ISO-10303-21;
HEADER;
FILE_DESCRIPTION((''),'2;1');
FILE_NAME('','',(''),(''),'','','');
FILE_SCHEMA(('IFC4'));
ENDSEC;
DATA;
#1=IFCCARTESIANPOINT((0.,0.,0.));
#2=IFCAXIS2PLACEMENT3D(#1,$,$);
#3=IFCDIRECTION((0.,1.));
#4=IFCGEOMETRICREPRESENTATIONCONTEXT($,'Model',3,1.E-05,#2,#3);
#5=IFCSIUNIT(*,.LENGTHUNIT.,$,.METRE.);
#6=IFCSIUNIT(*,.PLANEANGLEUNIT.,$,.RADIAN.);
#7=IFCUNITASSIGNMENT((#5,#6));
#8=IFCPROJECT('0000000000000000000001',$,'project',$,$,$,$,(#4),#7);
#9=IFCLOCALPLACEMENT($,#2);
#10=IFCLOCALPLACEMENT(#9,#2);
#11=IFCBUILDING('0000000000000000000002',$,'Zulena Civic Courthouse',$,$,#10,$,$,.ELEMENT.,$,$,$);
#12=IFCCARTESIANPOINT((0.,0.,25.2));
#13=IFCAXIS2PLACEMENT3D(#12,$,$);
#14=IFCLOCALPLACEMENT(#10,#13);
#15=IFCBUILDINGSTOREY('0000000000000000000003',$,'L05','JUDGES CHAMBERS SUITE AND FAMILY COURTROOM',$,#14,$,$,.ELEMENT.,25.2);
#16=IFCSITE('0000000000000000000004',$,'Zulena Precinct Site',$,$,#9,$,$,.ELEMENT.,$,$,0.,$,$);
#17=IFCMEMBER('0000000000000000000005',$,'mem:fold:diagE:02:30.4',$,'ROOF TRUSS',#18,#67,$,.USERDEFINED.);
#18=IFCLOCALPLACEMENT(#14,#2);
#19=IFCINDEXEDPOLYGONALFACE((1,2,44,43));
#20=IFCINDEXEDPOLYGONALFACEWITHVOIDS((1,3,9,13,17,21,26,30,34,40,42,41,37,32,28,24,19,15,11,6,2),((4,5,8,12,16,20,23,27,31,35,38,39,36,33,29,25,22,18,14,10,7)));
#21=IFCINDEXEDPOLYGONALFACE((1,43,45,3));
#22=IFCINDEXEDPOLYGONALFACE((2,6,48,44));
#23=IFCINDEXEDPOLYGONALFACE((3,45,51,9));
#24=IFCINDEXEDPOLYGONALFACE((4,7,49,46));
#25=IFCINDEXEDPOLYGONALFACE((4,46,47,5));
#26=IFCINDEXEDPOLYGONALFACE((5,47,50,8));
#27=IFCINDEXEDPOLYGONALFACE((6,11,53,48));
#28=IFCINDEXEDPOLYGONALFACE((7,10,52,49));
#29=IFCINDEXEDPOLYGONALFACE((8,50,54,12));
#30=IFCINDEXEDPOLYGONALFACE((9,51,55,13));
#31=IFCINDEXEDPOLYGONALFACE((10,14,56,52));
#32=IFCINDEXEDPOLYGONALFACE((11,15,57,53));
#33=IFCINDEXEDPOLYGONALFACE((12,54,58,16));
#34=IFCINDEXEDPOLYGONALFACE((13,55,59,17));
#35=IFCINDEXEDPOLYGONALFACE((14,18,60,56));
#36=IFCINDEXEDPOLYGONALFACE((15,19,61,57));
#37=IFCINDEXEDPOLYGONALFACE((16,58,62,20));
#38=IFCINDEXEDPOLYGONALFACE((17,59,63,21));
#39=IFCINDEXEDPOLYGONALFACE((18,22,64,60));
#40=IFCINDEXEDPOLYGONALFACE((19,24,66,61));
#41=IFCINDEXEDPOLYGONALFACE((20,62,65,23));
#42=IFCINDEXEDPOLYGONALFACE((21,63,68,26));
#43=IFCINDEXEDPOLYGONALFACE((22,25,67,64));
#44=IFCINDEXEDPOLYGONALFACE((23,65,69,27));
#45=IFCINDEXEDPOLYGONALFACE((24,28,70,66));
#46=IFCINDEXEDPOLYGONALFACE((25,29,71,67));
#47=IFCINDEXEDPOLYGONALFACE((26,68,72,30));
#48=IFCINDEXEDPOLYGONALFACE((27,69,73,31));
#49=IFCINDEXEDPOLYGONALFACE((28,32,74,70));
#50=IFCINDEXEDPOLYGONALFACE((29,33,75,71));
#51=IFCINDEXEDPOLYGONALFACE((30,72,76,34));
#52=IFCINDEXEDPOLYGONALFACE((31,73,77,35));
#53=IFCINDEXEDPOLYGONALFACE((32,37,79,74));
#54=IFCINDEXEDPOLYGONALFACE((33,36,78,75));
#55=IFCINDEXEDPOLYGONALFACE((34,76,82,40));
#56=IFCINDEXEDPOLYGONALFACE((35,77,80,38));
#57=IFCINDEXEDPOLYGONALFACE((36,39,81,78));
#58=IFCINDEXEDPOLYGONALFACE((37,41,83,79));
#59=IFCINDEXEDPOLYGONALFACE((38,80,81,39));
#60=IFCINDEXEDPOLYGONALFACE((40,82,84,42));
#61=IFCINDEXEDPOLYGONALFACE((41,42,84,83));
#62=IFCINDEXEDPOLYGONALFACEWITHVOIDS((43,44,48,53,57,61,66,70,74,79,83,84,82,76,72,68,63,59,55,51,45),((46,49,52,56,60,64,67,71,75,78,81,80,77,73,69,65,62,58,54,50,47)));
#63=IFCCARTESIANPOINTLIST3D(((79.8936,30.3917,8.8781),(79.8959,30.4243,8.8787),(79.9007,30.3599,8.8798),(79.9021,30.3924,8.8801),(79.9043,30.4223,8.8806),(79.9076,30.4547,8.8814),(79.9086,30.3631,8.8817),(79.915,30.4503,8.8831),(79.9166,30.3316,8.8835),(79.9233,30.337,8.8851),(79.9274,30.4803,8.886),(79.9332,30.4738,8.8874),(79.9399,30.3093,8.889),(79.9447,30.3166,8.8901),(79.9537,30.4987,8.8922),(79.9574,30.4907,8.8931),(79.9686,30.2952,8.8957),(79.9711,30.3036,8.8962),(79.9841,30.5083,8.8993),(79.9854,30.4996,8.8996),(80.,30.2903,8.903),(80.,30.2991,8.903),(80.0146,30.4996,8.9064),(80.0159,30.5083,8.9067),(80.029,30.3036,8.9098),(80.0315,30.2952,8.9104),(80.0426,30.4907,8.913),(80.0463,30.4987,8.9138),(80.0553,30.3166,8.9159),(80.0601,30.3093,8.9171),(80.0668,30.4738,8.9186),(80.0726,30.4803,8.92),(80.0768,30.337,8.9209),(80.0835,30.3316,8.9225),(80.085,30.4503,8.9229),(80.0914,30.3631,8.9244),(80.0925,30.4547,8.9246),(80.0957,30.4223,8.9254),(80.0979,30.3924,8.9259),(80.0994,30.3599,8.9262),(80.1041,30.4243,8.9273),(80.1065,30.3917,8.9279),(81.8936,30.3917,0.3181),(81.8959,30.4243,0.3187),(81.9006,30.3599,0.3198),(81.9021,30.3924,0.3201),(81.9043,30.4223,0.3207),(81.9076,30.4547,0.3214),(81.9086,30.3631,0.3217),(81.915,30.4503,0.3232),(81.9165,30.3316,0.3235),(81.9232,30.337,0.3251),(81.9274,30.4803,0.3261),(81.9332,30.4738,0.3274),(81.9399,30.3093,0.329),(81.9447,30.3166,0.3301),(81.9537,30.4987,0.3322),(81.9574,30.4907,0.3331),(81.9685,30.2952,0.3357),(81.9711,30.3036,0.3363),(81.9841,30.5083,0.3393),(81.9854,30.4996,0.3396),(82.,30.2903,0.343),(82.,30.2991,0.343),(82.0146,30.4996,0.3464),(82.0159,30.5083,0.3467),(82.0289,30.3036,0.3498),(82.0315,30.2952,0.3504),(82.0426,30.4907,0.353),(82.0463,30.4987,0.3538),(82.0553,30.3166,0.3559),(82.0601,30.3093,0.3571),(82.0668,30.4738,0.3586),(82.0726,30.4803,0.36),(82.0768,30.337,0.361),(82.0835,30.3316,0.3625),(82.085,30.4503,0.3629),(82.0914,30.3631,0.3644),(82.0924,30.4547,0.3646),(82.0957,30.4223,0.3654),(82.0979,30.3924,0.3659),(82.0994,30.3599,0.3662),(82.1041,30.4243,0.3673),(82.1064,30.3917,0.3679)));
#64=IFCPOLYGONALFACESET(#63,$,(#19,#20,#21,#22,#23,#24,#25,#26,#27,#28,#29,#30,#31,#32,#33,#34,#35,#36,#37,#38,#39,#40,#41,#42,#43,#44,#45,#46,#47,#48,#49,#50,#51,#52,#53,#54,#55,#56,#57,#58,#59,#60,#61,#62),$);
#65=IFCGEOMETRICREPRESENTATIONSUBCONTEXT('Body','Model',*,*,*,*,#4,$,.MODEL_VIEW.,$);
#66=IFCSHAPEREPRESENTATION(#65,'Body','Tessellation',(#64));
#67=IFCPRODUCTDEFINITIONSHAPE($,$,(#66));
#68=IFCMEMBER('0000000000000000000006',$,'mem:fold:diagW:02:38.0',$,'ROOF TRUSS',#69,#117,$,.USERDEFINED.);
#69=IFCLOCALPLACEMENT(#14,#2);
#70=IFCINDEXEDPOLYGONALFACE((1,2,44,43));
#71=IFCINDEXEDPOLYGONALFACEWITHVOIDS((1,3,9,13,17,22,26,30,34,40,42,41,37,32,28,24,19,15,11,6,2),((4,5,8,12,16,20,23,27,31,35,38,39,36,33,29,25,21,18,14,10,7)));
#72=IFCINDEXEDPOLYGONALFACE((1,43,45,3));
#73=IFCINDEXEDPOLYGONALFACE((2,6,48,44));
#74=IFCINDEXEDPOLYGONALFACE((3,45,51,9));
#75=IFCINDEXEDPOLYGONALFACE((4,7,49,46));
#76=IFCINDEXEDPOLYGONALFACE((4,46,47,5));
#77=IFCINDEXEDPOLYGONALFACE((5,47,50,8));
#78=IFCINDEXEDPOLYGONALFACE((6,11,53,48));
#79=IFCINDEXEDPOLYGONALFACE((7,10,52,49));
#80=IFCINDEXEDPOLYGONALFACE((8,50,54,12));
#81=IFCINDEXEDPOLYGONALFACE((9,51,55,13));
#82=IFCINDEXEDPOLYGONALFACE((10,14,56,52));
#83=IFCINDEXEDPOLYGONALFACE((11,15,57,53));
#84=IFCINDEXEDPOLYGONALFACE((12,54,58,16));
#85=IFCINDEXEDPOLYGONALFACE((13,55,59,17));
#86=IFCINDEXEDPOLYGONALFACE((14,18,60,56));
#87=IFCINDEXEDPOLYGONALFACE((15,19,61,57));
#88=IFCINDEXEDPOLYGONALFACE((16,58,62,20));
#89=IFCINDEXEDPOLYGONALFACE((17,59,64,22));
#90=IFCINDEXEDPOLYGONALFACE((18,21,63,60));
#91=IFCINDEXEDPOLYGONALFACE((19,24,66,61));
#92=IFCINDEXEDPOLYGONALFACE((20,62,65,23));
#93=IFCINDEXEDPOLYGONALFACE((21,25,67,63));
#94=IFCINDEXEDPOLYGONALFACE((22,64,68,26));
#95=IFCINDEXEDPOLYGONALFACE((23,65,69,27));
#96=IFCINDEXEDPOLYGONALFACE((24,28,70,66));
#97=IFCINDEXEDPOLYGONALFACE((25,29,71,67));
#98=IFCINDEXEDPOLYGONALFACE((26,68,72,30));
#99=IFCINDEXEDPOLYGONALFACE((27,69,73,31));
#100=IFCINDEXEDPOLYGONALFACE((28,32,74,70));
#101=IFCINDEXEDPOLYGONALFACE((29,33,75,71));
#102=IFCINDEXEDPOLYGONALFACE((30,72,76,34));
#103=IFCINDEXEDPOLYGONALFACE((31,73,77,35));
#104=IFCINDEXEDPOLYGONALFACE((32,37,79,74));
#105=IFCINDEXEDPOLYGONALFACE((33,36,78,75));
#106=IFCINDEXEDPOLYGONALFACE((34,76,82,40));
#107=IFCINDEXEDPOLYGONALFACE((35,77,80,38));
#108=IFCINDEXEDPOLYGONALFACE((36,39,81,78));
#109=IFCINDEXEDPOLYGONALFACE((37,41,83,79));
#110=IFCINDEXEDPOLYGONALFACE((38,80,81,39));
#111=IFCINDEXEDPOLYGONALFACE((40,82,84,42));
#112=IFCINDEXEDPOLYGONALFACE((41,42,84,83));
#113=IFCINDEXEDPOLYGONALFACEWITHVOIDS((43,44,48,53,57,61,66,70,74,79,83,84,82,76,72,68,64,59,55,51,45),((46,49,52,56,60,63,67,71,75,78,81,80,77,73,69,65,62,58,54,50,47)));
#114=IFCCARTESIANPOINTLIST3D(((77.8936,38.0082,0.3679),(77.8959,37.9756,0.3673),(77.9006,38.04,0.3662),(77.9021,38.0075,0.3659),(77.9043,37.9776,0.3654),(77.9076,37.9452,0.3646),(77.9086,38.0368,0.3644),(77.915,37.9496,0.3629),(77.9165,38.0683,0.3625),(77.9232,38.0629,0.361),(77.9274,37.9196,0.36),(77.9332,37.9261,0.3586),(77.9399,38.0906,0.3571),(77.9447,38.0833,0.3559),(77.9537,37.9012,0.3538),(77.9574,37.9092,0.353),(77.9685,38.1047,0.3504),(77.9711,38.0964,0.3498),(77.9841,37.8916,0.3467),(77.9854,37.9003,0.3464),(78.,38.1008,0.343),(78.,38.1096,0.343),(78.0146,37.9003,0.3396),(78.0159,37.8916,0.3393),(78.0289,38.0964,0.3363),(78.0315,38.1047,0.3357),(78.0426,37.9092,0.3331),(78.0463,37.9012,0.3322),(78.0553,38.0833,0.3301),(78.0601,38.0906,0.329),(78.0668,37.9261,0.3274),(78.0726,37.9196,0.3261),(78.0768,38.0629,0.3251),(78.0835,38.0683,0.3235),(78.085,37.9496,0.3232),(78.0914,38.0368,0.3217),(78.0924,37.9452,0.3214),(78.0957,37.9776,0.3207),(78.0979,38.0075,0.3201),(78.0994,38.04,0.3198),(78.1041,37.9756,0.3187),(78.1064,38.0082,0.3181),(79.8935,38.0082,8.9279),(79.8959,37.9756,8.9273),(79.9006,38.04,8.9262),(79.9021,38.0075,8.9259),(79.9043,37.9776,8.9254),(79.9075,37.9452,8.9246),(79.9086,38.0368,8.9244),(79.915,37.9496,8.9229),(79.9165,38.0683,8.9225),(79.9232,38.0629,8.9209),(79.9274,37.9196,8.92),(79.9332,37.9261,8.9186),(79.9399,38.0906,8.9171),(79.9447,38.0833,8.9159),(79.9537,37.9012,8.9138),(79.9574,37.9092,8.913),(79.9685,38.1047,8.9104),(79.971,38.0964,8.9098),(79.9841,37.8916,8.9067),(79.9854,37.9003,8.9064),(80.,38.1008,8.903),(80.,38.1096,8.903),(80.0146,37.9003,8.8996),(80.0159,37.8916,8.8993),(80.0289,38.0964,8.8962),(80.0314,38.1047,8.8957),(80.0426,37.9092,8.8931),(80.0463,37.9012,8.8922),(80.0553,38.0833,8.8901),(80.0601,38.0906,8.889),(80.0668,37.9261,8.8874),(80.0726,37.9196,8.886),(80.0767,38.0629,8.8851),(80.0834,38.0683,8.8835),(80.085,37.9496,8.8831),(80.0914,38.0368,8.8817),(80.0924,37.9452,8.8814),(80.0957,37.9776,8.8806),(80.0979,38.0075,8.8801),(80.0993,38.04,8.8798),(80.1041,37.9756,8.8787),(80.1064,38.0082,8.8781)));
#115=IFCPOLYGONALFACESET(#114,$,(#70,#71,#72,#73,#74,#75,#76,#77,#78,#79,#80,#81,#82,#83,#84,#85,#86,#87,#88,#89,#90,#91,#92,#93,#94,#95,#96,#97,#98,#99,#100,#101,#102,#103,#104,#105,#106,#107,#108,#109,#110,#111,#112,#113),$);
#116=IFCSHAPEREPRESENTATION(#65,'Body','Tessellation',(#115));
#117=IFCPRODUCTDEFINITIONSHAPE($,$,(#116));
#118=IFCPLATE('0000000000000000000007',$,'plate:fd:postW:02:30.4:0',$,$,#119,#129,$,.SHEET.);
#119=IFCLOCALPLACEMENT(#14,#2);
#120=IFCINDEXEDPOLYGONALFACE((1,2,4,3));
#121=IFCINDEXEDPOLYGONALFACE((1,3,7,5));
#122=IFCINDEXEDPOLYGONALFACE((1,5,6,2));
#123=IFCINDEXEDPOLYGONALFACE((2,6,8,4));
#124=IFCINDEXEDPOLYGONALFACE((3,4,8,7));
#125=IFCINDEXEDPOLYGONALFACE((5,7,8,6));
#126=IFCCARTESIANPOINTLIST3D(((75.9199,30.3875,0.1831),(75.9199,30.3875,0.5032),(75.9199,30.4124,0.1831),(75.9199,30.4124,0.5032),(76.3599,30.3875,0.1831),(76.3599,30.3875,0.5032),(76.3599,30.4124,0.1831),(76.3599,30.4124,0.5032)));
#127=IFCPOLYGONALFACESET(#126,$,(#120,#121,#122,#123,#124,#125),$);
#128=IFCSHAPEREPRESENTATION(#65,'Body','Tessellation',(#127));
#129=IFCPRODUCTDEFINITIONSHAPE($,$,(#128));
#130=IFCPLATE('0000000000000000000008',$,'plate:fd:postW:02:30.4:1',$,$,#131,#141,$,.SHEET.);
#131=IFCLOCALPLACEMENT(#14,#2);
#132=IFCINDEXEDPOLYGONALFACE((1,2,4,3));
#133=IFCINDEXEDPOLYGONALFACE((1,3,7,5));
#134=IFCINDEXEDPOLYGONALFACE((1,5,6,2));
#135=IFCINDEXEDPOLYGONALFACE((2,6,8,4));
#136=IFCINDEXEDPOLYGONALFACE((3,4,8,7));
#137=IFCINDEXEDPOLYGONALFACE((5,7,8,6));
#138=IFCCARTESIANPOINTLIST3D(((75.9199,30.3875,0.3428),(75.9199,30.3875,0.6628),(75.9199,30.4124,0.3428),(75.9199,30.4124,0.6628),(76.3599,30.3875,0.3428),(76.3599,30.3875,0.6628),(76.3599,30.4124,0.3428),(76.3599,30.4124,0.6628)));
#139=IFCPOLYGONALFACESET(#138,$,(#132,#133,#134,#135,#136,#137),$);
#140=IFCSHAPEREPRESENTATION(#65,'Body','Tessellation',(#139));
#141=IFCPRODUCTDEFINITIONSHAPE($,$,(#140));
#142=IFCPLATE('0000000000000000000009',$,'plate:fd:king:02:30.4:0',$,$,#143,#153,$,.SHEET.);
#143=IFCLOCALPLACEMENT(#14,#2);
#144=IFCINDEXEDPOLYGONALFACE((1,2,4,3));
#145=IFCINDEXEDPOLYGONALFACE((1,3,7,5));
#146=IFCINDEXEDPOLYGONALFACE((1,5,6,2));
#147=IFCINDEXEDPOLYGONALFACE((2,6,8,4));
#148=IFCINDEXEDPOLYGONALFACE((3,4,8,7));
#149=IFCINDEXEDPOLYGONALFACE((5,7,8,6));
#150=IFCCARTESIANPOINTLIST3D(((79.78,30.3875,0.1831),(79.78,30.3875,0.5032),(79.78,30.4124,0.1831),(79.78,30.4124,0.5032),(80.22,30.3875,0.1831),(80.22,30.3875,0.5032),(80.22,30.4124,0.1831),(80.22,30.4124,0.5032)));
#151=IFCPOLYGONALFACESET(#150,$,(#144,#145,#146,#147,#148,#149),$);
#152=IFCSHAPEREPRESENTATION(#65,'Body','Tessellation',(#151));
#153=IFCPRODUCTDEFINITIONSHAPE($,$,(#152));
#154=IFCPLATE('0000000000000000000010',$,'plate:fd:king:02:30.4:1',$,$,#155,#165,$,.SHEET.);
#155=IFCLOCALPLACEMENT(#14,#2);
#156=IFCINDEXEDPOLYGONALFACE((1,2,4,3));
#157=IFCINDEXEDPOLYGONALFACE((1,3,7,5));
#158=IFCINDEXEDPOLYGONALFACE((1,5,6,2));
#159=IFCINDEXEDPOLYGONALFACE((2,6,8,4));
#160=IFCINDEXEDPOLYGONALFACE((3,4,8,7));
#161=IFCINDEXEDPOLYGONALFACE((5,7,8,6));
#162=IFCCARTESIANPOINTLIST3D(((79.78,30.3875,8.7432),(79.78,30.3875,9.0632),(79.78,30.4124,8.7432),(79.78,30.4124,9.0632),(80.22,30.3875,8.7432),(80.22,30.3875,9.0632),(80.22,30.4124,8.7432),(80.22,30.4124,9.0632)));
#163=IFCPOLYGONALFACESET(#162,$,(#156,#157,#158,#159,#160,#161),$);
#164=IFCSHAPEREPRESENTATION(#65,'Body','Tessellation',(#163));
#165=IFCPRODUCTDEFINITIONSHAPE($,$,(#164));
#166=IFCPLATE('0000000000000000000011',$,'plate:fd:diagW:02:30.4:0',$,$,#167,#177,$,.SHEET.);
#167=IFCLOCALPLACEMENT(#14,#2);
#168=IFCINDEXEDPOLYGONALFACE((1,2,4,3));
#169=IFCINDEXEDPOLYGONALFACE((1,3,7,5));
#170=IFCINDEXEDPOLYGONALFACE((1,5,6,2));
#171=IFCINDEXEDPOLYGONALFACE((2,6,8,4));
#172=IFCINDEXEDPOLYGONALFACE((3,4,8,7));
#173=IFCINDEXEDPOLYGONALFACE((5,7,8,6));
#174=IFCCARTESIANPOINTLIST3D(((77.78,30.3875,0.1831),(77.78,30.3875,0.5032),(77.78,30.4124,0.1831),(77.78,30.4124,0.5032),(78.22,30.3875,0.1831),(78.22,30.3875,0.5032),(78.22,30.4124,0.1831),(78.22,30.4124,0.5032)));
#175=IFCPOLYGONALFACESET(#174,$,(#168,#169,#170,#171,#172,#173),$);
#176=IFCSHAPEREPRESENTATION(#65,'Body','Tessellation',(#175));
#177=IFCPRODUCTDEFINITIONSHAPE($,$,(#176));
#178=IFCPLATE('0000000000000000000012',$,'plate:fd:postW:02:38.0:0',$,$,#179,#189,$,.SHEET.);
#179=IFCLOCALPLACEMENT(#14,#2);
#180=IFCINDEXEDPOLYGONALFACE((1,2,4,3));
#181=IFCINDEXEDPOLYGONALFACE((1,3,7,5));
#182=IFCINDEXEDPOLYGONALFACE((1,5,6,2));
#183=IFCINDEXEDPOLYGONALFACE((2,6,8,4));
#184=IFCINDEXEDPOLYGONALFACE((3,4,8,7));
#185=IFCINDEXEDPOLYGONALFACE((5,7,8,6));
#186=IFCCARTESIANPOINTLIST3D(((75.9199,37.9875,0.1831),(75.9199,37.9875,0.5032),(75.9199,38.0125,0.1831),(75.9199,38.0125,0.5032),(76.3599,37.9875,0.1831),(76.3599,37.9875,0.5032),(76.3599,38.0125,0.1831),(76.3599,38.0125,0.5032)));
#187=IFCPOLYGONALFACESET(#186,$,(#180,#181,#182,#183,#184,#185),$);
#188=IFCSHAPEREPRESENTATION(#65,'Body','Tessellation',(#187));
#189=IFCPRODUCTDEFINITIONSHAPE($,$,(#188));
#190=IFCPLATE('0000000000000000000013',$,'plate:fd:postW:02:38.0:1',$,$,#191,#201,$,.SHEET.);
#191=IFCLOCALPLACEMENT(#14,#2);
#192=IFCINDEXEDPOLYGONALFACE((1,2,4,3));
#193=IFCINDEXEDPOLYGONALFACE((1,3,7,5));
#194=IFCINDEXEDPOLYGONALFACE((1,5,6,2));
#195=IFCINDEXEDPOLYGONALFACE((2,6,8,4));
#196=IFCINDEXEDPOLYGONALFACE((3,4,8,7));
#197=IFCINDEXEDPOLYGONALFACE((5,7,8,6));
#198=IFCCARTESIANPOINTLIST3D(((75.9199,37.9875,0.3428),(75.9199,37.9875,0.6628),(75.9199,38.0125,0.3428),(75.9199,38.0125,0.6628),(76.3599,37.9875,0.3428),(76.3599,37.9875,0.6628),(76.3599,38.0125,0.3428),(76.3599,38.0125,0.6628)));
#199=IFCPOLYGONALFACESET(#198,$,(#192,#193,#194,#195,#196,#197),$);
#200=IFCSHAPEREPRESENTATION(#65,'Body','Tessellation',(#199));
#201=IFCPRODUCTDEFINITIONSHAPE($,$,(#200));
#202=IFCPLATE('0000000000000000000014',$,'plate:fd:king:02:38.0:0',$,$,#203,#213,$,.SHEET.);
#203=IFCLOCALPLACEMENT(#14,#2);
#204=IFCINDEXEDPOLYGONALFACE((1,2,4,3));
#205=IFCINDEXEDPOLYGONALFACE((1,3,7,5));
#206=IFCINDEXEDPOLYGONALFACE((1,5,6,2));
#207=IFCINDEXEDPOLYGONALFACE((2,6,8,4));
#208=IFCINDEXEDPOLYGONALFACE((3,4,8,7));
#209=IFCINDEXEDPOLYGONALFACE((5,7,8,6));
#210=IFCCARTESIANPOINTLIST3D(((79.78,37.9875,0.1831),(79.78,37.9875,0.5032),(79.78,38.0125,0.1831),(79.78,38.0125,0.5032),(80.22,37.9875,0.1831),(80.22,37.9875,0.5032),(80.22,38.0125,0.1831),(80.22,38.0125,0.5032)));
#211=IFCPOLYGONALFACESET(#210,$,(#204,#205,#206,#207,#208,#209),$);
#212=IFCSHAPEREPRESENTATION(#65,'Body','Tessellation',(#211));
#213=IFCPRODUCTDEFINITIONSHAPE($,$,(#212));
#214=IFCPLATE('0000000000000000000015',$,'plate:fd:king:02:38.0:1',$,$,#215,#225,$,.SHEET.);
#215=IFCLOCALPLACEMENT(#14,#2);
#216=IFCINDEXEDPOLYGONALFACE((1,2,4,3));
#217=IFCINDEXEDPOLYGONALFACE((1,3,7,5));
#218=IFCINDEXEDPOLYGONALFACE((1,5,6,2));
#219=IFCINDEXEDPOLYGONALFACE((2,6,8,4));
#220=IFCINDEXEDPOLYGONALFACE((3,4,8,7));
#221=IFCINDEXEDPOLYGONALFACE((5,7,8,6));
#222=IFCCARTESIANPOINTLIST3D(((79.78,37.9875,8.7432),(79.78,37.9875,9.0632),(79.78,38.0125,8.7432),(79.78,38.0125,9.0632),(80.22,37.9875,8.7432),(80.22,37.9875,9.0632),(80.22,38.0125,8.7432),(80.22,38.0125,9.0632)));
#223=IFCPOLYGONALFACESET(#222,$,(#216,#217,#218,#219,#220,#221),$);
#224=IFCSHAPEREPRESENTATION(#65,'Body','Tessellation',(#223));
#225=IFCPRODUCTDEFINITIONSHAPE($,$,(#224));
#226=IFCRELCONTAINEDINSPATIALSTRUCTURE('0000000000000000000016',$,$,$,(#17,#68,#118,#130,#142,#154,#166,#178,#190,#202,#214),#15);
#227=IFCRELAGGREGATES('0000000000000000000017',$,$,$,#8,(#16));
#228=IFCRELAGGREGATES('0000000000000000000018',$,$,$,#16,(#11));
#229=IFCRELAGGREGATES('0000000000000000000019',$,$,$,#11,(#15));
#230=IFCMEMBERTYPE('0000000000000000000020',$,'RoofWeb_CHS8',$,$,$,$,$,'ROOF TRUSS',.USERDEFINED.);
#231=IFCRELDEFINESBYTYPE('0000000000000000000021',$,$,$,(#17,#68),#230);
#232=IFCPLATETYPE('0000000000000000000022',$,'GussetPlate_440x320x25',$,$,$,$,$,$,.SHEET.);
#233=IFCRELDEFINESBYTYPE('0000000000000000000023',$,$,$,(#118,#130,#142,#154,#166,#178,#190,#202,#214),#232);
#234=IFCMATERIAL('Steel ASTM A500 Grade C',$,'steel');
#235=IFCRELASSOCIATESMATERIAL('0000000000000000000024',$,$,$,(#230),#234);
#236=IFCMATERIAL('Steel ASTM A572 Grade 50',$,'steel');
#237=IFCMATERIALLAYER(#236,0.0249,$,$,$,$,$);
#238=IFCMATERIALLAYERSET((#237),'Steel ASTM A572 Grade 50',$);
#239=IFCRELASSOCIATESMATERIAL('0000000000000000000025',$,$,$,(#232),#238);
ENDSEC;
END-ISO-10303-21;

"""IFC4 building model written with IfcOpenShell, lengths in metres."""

from ifc_helpers import new_model, si_unit, direction, frame, origin, origin_2d, place, context, subcontext, project, spatial, rectangle, hollow_circle, extrude, material, layer, layer_set, material_profile, profile_set, type_object, element, save


model = new_model("IFC4")

# Units and contexts
model_context = context("Model", 3, precision=1e-05, world=origin(), true_north=direction((0.0, 1.0)))
body_context = subcontext(model_context, "Body", "Model", "MODEL_VIEW")
ifc_project = project(units=[si_unit("LENGTHUNIT", "METRE"), si_unit("PLANEANGLEUNIT", "RADIAN")], contexts=[model_context])

# Site, building, storey
site_placement = place(None, origin())
site = spatial("IfcSite", under=ifc_project, at=site_placement, Name="Zulena Precinct Site", CompositionType="ELEMENT", RefElevation=0.0)
building_placement = place(site_placement, origin())
building = spatial("IfcBuilding", under=site, at=building_placement, Name="Zulena Civic Courthouse", CompositionType="ELEMENT")
storey_placement = place(building_placement, frame((0.0, 0.0, 25.2)))
storey = spatial("IfcBuildingStorey", under=building, at=storey_placement, Name="L05", Description="JUDGES CHAMBERS SUITE AND FAMILY COURTROOM", CompositionType="ELEMENT", Elevation=25.2)

# Members
ifc_material_1 = material(Name="Steel ASTM A500 Grade C", Category="steel")
ifc_material_profile_1 = material_profile(ifc_material_1, hollow_circle(Radius=0.1096, WallThickness=0.0088, at=origin_2d()), Name="HSS8.625X0.375")
ifc_profile_set_1 = profile_set([ifc_material_profile_1], Name="Steel ASTM A500 Grade C")
member_type_1 = type_object("IfcMemberType", Name="RoofWeb_CHS8", ElementType="ROOF TRUSS", PredefinedType="USERDEFINED", material=ifc_profile_set_1)
for number, where, z_axis, x_axis, name in (
    (1, (82.0, 30.3999, 0.343), (-0.227516, 0.0, 0.973774), (0.0, -1.0, 0.0), "mem:fold:diagE:02:30.4"),
    (2, (78.0, 38.0, 0.343), (0.227516, 0.0, 0.973774), (0.0, 1.0, 0.0), "mem:fold:diagW:02:38.0"),
):
    element("IfcMember", number, at=place(storey_placement, frame(where, z_axis=z_axis, x_axis=x_axis)), inside=storey, type_object=member_type_1, Name=name, ObjectType="ROOF TRUSS", PredefinedType="USERDEFINED", context=body_context, shape_type="SweptSolid", body=[
        extrude(hollow_circle(Radius=0.1096, WallThickness=0.0088, at=origin_2d()), origin(), (0.0, 0.0, 1.0), 8.7905),
    ])

# Plates
ifc_material_2 = material(Name="Steel ASTM A572 Grade 50", Category="steel")
ifc_layer = layer(ifc_material_2, 0.0249)
ifc_layer_set = layer_set([ifc_layer], Name="Steel ASTM A572 Grade 50")
plate_type = type_object("IfcPlateType", Name="GussetPlate_440x320x25", PredefinedType="SHEET", material=ifc_layer_set)
for number, where, z_axis, x_axis, name in (
    (3, (76.1399, 30.3999, 0.1831), (0.0, 0.0, 1.0), (1.0, 0.0, 0.0), "plate:fd:postW:02:30.4:0"),
    (4, (76.1399, 30.3999, 0.3428), (0.0, 0.0, 1.0), (1.0, 0.0, 0.0), "plate:fd:postW:02:30.4:1"),
    (5, (80.0, 30.3999, 0.1831), (0.0, 0.0, 1.0), (1.0, 0.0, 0.0), "plate:fd:king:02:30.4:0"),
    (6, (80.0, 30.3999, 8.7432), (0.0, 0.0, 1.0), (1.0, 0.0, 0.0), "plate:fd:king:02:30.4:1"),
    (7, (78.0, 30.3999, 0.1831), (0.0, 0.0, 1.0), (1.0, 0.0, 0.0), "plate:fd:diagW:02:30.4:0"),
    (8, (76.1399, 38.0, 0.1831), (0.0, 0.0, 1.0), (1.0, 0.0, 0.0), "plate:fd:postW:02:38.0:0"),
    (9, (76.1399, 38.0, 0.3428), (0.0, 0.0, 1.0), (1.0, 0.0, 0.0), "plate:fd:postW:02:38.0:1"),
    (10, (80.0, 38.0, 0.1831), (0.0, 0.0, 1.0), (1.0, 0.0, 0.0), "plate:fd:king:02:38.0:0"),
    (11, (80.0, 38.0, 8.7432), (0.0, 0.0, 1.0), (1.0, 0.0, 0.0), "plate:fd:king:02:38.0:1"),
):
    element("IfcPlate", number, at=place(storey_placement, frame(where, z_axis=z_axis, x_axis=x_axis)), inside=storey, type_object=plate_type, Name=name, PredefinedType="SHEET", context=body_context, shape_type="SweptSolid", body=[
        extrude(rectangle(XDim=0.4399, YDim=0.0249, at=origin_2d()), origin(), (0.0, 0.0, 1.0), 0.3201),
    ])

save(model, "model.ifc")
